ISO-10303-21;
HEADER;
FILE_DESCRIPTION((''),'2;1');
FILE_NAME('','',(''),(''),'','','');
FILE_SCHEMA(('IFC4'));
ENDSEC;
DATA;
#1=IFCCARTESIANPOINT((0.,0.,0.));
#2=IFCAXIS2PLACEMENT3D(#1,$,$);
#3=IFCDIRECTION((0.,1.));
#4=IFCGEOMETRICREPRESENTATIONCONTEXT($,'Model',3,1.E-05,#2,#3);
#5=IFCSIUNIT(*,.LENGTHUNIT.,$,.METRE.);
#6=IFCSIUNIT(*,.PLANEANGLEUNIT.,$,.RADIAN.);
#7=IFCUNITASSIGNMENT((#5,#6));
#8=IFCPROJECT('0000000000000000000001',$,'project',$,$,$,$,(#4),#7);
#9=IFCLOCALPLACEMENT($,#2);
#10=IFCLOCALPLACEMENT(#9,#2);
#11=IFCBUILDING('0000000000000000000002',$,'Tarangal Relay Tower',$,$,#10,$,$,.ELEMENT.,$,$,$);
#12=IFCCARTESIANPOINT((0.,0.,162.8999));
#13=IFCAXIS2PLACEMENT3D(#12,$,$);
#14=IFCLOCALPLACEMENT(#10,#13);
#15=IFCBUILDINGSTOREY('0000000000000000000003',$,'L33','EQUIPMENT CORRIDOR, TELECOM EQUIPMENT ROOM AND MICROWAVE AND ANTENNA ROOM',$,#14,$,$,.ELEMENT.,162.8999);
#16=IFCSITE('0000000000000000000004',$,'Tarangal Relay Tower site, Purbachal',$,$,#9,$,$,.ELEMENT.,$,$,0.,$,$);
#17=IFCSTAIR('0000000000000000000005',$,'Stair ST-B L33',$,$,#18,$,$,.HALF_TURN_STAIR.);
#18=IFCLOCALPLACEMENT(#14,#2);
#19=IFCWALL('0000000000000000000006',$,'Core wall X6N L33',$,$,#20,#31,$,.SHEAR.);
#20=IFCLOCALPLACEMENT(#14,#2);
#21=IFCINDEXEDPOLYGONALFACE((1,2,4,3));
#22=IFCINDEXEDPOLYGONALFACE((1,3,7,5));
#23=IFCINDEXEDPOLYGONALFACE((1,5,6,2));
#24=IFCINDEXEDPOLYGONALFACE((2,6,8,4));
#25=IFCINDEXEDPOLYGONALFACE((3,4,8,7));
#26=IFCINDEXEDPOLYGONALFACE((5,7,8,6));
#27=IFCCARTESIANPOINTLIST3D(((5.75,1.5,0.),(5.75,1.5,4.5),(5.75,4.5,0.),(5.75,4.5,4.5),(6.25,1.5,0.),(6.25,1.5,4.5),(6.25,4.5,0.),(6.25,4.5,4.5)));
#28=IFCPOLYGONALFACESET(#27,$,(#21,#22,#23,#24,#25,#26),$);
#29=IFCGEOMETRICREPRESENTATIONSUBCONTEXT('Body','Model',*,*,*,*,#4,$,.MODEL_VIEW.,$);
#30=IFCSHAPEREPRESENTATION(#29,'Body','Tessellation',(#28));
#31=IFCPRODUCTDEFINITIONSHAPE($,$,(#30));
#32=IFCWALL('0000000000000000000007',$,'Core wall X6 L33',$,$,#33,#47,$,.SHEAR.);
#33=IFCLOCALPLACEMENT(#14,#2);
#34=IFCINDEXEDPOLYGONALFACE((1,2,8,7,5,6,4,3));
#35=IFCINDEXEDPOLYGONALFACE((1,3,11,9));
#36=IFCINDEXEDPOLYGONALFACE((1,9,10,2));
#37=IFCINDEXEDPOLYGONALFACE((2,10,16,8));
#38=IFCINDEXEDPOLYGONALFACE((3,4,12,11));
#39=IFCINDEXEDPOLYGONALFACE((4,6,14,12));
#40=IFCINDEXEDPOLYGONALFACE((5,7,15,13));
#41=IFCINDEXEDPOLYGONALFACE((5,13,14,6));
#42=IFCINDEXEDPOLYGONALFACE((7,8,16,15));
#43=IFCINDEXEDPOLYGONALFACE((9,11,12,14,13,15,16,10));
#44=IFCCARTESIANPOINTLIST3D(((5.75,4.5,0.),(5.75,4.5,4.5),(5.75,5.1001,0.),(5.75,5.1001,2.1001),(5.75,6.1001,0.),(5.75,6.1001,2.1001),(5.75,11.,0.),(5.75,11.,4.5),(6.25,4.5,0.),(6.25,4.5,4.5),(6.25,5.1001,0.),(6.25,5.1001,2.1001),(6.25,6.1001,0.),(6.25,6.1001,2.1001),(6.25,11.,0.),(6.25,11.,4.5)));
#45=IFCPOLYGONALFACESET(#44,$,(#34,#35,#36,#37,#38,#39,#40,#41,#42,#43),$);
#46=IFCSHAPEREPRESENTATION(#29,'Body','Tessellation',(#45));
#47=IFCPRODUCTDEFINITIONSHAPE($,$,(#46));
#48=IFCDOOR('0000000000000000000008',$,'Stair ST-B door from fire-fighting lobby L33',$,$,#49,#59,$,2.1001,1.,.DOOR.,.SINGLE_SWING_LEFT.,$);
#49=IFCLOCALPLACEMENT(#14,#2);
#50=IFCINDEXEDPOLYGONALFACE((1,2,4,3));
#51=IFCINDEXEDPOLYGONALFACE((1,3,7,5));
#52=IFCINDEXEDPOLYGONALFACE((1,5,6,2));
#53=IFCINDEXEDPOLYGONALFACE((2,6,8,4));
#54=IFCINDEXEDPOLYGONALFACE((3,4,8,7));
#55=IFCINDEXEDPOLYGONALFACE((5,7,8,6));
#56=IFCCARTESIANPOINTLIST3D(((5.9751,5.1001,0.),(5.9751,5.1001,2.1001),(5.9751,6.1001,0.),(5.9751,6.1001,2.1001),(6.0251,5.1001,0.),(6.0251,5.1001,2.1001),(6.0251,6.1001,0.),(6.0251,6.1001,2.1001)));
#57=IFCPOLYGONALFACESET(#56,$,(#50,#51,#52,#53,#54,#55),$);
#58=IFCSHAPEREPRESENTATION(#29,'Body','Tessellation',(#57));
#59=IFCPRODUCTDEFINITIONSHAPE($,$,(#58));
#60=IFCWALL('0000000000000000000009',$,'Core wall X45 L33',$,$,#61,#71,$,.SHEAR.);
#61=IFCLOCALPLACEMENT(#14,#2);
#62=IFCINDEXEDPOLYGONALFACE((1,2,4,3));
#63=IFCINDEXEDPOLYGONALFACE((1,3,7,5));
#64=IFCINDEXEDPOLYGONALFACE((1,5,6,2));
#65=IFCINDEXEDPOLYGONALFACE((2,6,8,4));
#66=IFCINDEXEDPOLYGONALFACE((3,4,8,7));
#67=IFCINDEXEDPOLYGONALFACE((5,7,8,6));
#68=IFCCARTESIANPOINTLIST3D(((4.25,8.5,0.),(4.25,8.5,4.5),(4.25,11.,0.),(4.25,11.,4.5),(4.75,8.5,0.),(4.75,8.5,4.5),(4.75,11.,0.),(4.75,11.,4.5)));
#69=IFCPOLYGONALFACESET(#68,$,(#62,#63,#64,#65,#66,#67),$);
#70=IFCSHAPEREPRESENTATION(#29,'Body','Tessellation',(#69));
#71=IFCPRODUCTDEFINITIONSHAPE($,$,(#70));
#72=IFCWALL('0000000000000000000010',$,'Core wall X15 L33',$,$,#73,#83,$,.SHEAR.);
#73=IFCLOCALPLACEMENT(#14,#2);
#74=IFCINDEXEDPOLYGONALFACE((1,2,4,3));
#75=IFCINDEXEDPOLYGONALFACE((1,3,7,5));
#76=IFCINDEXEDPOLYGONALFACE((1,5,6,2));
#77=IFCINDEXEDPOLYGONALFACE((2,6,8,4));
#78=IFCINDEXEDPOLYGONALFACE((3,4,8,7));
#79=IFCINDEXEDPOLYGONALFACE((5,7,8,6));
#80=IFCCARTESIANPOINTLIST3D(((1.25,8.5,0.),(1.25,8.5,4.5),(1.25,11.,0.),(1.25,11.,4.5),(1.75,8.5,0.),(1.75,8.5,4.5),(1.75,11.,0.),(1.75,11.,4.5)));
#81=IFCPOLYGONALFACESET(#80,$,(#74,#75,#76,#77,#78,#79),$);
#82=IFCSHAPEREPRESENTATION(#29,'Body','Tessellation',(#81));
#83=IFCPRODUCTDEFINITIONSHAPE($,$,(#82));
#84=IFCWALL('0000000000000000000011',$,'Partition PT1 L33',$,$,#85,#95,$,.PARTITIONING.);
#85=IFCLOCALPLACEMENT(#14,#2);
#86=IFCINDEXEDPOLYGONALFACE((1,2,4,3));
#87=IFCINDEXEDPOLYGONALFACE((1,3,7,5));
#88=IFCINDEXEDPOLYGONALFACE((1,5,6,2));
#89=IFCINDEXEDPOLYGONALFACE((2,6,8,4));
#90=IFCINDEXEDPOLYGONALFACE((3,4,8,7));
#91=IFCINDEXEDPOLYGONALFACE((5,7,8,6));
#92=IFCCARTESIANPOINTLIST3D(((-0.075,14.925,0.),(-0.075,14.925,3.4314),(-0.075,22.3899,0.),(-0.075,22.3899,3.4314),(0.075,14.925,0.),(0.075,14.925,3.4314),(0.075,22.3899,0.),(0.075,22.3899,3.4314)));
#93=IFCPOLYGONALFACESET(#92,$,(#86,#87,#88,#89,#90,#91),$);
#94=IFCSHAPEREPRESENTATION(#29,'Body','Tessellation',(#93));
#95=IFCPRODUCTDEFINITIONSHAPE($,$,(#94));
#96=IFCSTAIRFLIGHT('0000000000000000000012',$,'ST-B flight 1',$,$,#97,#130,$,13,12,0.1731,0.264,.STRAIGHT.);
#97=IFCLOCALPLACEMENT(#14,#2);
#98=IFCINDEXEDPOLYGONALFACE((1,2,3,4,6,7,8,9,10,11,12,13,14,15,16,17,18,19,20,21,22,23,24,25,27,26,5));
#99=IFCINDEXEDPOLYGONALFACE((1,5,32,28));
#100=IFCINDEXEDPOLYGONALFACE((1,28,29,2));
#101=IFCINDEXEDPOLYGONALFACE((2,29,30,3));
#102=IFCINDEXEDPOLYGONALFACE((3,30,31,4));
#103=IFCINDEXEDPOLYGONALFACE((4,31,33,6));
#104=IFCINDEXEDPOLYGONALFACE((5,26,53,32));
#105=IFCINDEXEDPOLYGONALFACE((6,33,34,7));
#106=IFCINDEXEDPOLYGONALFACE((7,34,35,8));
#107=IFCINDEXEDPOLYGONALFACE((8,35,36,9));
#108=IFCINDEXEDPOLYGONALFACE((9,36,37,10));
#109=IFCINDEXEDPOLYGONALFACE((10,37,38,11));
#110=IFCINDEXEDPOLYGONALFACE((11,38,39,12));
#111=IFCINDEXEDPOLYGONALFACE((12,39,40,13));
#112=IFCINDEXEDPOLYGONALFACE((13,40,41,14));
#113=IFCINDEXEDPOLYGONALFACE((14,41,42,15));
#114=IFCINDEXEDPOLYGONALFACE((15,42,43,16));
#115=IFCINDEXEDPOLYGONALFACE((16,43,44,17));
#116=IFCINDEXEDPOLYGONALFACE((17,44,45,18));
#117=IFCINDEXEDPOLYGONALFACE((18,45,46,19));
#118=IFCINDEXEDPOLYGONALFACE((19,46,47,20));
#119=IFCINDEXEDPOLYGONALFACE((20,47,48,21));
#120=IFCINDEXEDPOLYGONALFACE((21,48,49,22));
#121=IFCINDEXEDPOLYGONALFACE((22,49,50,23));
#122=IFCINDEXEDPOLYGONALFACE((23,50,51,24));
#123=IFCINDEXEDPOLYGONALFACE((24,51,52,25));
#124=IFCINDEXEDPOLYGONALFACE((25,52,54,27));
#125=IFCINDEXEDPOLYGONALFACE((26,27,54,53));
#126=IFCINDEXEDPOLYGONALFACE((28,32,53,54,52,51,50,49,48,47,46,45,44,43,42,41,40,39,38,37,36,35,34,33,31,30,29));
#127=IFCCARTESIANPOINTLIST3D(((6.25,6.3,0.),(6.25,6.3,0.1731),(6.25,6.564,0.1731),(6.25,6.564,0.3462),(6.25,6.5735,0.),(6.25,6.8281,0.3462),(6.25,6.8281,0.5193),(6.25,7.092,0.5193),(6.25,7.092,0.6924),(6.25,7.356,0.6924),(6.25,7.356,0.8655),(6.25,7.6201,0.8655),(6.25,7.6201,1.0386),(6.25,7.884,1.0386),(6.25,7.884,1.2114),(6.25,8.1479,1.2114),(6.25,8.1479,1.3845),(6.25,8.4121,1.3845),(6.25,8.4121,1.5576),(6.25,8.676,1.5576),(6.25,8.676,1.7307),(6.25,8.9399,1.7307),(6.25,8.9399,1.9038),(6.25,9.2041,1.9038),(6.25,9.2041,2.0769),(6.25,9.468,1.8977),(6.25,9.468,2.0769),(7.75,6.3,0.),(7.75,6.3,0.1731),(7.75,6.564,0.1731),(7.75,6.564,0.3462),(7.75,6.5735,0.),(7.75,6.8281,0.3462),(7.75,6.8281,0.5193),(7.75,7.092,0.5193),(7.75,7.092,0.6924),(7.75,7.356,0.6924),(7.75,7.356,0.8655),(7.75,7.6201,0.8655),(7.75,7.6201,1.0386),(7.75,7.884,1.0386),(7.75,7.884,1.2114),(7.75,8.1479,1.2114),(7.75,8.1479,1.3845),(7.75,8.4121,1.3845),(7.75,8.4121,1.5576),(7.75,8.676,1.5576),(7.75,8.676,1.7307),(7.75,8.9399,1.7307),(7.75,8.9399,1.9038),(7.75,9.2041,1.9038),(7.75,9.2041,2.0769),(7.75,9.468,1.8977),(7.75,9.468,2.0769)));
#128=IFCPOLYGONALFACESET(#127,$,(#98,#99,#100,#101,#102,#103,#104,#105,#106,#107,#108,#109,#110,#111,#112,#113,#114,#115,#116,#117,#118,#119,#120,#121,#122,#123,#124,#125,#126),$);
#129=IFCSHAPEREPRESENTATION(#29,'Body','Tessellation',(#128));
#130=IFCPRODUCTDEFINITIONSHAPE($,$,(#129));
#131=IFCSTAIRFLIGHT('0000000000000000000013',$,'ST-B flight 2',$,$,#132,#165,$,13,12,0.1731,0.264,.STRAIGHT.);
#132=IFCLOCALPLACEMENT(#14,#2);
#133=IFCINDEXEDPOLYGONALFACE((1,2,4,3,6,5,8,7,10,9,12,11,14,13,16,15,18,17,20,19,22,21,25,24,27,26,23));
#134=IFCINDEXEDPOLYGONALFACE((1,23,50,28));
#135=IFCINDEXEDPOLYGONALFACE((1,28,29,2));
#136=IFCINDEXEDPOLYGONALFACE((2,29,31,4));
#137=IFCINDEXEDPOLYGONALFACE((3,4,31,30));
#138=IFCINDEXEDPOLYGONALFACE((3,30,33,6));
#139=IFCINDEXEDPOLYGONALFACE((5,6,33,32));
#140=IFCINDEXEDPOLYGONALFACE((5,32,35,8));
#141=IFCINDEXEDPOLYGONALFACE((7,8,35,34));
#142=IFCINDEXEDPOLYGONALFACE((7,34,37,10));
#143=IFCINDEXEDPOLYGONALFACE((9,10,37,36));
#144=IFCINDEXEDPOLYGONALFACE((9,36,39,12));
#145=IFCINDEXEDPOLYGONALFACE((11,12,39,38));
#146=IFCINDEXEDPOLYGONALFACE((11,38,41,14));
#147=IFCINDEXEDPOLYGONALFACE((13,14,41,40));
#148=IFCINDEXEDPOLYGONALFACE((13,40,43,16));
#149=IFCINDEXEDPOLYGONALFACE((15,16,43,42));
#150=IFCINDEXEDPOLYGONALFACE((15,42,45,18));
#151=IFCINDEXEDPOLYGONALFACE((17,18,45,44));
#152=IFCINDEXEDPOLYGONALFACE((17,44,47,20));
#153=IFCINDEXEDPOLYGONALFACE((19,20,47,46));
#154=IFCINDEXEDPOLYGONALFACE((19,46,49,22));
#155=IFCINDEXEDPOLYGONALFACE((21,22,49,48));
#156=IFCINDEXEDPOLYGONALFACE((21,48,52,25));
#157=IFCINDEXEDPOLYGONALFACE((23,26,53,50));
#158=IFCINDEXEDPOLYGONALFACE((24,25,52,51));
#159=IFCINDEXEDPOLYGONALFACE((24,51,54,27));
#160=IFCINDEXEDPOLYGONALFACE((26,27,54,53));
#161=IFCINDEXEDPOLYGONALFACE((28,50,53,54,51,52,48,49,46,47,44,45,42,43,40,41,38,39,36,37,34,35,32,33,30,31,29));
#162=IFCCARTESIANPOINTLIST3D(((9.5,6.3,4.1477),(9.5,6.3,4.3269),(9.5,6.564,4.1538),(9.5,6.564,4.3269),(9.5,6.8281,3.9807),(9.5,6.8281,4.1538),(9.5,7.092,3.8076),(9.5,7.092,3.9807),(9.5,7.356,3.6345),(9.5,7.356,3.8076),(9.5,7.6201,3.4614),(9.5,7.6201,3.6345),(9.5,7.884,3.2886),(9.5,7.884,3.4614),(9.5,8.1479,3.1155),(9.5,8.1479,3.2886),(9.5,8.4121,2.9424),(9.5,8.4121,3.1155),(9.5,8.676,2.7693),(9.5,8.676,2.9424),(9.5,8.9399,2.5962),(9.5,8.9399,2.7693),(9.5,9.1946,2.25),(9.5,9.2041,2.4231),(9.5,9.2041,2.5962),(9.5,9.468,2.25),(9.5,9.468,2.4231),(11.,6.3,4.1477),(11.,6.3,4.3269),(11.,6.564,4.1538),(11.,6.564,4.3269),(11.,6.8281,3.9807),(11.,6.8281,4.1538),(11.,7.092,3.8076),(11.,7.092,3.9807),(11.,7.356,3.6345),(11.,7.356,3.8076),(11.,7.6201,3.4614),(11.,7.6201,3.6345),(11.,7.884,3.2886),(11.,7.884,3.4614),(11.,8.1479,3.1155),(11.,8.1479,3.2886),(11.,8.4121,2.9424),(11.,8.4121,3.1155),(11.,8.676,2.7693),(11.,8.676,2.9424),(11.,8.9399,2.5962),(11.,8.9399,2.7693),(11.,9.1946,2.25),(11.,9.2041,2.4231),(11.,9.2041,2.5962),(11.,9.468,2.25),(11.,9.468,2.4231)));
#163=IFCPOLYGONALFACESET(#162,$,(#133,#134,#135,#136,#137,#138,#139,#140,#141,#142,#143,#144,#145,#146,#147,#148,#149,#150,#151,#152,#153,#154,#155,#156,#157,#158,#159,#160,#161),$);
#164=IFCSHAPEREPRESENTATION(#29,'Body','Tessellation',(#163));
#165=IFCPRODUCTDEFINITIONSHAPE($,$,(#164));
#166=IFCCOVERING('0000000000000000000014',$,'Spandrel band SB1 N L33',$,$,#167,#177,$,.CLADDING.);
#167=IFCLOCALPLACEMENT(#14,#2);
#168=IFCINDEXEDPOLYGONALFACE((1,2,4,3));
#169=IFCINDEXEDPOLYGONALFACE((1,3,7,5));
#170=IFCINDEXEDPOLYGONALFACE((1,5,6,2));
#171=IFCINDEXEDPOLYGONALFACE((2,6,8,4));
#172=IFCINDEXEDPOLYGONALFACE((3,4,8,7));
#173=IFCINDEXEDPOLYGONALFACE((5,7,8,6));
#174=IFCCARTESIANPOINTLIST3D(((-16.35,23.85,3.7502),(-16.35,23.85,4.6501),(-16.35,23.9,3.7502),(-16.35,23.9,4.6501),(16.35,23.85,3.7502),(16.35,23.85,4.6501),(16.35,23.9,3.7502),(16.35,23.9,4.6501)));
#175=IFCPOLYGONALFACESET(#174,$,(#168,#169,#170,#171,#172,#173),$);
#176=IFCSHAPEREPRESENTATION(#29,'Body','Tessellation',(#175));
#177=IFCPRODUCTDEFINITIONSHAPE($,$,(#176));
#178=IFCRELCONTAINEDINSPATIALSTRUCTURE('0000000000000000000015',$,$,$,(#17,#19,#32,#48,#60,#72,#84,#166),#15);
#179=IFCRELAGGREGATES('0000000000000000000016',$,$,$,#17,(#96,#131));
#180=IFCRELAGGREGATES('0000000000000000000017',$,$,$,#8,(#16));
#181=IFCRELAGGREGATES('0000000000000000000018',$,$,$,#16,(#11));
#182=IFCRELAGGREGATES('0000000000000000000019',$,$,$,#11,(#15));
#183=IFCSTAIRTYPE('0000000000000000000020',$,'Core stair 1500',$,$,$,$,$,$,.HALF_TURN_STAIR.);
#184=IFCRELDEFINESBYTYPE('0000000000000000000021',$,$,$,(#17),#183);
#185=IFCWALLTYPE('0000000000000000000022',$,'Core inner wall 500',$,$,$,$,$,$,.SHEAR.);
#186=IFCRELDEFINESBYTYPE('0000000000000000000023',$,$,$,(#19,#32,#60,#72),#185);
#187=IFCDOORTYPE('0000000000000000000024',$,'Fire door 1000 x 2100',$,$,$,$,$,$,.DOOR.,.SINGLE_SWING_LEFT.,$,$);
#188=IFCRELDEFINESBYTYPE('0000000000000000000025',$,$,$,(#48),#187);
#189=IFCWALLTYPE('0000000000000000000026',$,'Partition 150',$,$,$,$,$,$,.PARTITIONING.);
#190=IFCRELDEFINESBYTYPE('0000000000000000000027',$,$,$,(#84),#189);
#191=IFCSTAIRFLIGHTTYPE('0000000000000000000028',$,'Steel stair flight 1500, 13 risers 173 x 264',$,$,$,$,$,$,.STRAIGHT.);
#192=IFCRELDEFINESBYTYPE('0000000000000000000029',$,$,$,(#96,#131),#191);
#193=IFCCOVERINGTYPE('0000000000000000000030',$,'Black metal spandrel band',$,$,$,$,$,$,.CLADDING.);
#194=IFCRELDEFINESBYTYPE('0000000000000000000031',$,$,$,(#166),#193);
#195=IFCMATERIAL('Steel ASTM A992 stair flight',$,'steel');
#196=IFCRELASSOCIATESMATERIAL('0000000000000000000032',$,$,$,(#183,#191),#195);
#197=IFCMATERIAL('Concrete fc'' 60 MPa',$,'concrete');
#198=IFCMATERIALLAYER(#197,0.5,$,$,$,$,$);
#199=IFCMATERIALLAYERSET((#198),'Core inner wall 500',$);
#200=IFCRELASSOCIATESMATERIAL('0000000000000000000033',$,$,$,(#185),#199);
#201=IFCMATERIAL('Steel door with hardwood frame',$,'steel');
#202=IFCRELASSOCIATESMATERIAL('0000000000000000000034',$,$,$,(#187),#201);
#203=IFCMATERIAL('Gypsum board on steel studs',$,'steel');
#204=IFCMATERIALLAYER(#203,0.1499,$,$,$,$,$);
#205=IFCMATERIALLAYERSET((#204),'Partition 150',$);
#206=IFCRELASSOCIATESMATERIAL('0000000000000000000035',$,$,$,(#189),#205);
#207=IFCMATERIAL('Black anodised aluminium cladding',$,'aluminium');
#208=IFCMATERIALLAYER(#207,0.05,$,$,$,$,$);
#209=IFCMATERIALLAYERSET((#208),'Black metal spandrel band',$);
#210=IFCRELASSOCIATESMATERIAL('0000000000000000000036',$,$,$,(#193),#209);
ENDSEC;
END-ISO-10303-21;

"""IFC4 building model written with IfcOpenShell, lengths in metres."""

from ifc_helpers import new_model, si_unit, direction, frame, frame_2d, origin, origin_2d, place, context, subcontext, project, spatial, polyline, rectangle, outline, extrude, material, layer, layer_set, type_object, element, fill, aggregate, save


model = new_model("IFC4")

# Units and contexts
model_context = context("Model", 3, precision=1e-05, world=origin(), true_north=direction((0.0, 1.0)))
body_context = subcontext(model_context, "Body", "Model", "MODEL_VIEW")
ifc_project = project(units=[si_unit("LENGTHUNIT", "METRE"), si_unit("PLANEANGLEUNIT", "RADIAN")], contexts=[model_context])

# Site, building, storey
site_placement = place(None, origin())
site = spatial("IfcSite", under=ifc_project, at=site_placement, Name="Tarangal Relay Tower site, Purbachal", CompositionType="ELEMENT", RefElevation=0.0)
building_placement = place(site_placement, origin())
building = spatial("IfcBuilding", under=site, at=building_placement, Name="Tarangal Relay Tower", CompositionType="ELEMENT")
storey_placement = place(building_placement, frame((0.0, 0.0, 162.8999)))
storey = spatial("IfcBuildingStorey", under=building, at=storey_placement, Name="L33", Description="EQUIPMENT CORRIDOR, TELECOM EQUIPMENT ROOM AND MICROWAVE AND ANTENNA ROOM", CompositionType="ELEMENT", Elevation=162.8999)

# Stair
ifc_material_1 = material(Name="Steel ASTM A992 stair flight", Category="steel")
stair_type = type_object("IfcStairType", Name="Core stair 1500", PredefinedType="HALF_TURN_STAIR", material=ifc_material_1)
stair_1_placement = place(storey_placement, origin())
stair_1 = element("IfcStair", 1, at=stair_1_placement, inside=storey, type_object=stair_type, Name="Stair ST-B L33", PredefinedType="HALF_TURN_STAIR")

# Wall
ifc_material_2 = material(Name="Concrete fc' 60 MPa", Category="concrete")
ifc_layer_1 = layer(ifc_material_2, 0.5)
ifc_layer_set_1 = layer_set([ifc_layer_1], Name="Core inner wall 500")
wall_type_1 = type_object("IfcWallType", Name="Core inner wall 500", PredefinedType="SHEAR", material=ifc_layer_set_1)
for number, where, z_axis, x_axis, name in (
    (2, (6.0, 1.5, 0.0), (0.0, 0.0, 1.0), (0.0, 1.0, 0.0), "Core wall X6N L33"),
):
    element("IfcWall", number, at=place(storey_placement, frame(where, z_axis=z_axis, x_axis=x_axis)), inside=storey, type_object=wall_type_1, Name=name, PredefinedType="SHEAR", context=body_context, shape_type="SweptSolid", body=[
        extrude(rectangle(XDim=3.0, YDim=0.5, at=frame_2d((1.5, 0.0))), origin(), (0.0, 0.0, 1.0), 4.5),
    ])

# Wall, opening, door
wall_1_placement = place(storey_placement, frame((6.0, 4.5, 0.0), z_axis=(0.0, 0.0, 1.0), x_axis=(0.0, 1.0, 0.0)))
wall_1 = element("IfcWall", 3, at=wall_1_placement, inside=storey, type_object=wall_type_1, Name="Core wall X6 L33", PredefinedType="SHEAR", context=body_context, shape_type="SweptSolid", body=[
    extrude(rectangle(XDim=6.5, YDim=0.5, at=frame_2d((3.25, 0.0))), origin(), (0.0, 0.0, 1.0), 4.5),
])
opening_placement = place(wall_1_placement, frame((0.6001, 0.0, 0.0)))
opening = element("IfcOpeningElement", 4, at=opening_placement, cuts=wall_1, PredefinedType="OPENING", context=body_context, shape_type="SweptSolid", body=[
    extrude(rectangle(XDim=1.0, YDim=2.1001, at=frame_2d((0.5, 1.05))), frame((0.0, 0.26, 0.0), z_axis=(0.0, -1.0, 0.0), x_axis=(1.0, 0.0, 0.0)), (0.0, 0.0, 1.0), 0.52),
])
ifc_material_3 = material(Name="Steel door with hardwood frame", Category="steel")
door_type = type_object("IfcDoorType", Name="Fire door 1000 x 2100", OperationType="SINGLE_SWING_LEFT", PredefinedType="DOOR", material=ifc_material_3)
door_placement = place(opening_placement, origin())
door = element("IfcDoor", 5, at=door_placement, inside=storey, type_object=door_type, Name="Stair ST-B door from fire-fighting lobby L33", OperationType="SINGLE_SWING_LEFT", OverallHeight=2.1001, OverallWidth=1.0, PredefinedType="DOOR", context=body_context, shape_type="SweptSolid", body=[
    extrude(rectangle(XDim=1.0, YDim=2.1001, at=frame_2d((0.5, 1.05))), frame((0.0, 0.0249, 0.0), z_axis=(0.0, -1.0, 0.0), x_axis=(1.0, 0.0, 0.0)), (0.0, 0.0, 1.0), 0.05),
])
fill(opening, door)

# Walls
for number, where, z_axis, x_axis, name in (
    (6, (4.5, 8.5, 0.0), (0.0, 0.0, 1.0), (0.0, 1.0, 0.0), "Core wall X45 L33"),
    (7, (1.5, 8.5, 0.0), (0.0, 0.0, 1.0), (0.0, 1.0, 0.0), "Core wall X15 L33"),
):
    element("IfcWall", number, at=place(storey_placement, frame(where, z_axis=z_axis, x_axis=x_axis)), inside=storey, type_object=wall_type_1, Name=name, PredefinedType="SHEAR", context=body_context, shape_type="SweptSolid", body=[
        extrude(rectangle(XDim=2.5, YDim=0.5, at=frame_2d((1.25, 0.0))), origin(), (0.0, 0.0, 1.0), 4.5),
    ])
ifc_material_4 = material(Name="Gypsum board on steel studs", Category="steel")
ifc_layer_2 = layer(ifc_material_4, 0.1499)
ifc_layer_set_2 = layer_set([ifc_layer_2], Name="Partition 150")
wall_type_2 = type_object("IfcWallType", Name="Partition 150", PredefinedType="PARTITIONING", material=ifc_layer_set_2)
wall_2_placement = place(storey_placement, frame((0.0, 14.925, 0.0), z_axis=(0.0, 0.0, 1.0), x_axis=(0.0, 1.0, 0.0)))
element("IfcWall", 8, at=wall_2_placement, inside=storey, type_object=wall_type_2, Name="Partition PT1 L33", PredefinedType="PARTITIONING", context=body_context, shape_type="SweptSolid", body=[
    extrude(rectangle(XDim=7.4648, YDim=0.1499, at=frame_2d((3.7324, 0.0))), origin(), (0.0, 0.0, 1.0), 3.4314),
])

# Stair flights
stair_flight_type = type_object("IfcStairFlightType", Name="Steel stair flight 1500, 13 risers 173 x 264", PredefinedType="STRAIGHT", material=ifc_material_1)
stair_flight_1_placement = place(storey_placement, frame((7.0, 6.3, 0.0), z_axis=(0.0, 0.0, 1.0), x_axis=(0.0, 1.0, 0.0)))
stair_flight_1 = element("IfcStairFlight", 9, at=stair_flight_1_placement, type_object=stair_flight_type, Name="ST-B flight 1", NumberOfRisers=13, NumberOfTreads=12, PredefinedType="STRAIGHT", RiserHeight=0.1731, TreadLength=0.264, context=body_context, shape_type="SweptSolid", body=[
    extrude(outline(polyline([(0.0, 0.0), (0.0, 0.1731), (0.2639, 0.1731), (0.2639, 0.3462), (0.5281, 0.3462), (0.5281, 0.5193), (0.792, 0.5193), (0.792, 0.6924), (1.0559, 0.6924), (1.0559, 0.8655), (1.3201, 0.8655), (1.3201, 1.0386), (1.584, 1.0386), (1.584, 1.2114), (1.8479, 1.2114), (1.8479, 1.3845), (2.1121, 1.3845), (2.1121, 1.5576), (2.376, 1.5576), (2.376, 1.7307), (2.6399, 1.7307), (2.6399, 1.9038), (2.9041, 1.9038), (2.9041, 2.0769), (3.168, 2.0769), (3.168, 2.25), (3.168, 1.8977), (0.2734, 0.0), (0.0, 0.0)])), frame((0.0, 0.75, 0.0), z_axis=(0.0, -1.0, 0.0), x_axis=(1.0, 0.0, 0.0)), (0.0, 0.0, 1.0), 1.5),
])
stair_flight_2_placement = place(storey_placement, frame((10.25, 9.468, 2.25), z_axis=(0.0, 0.0, 1.0), x_axis=(0.0, -1.0, 0.0)))
stair_flight_2 = element("IfcStairFlight", 10, at=stair_flight_2_placement, type_object=stair_flight_type, Name="ST-B flight 2", NumberOfRisers=13, NumberOfTreads=12, PredefinedType="STRAIGHT", RiserHeight=0.1731, TreadLength=0.264, context=body_context, shape_type="SweptSolid", body=[
    extrude(outline(polyline([(0.0, 0.0), (0.0, 0.1731), (0.2639, 0.1731), (0.2639, 0.3462), (0.5281, 0.3462), (0.5281, 0.5193), (0.792, 0.5193), (0.792, 0.6924), (1.0559, 0.6924), (1.0559, 0.8655), (1.3201, 0.8655), (1.3201, 1.0386), (1.584, 1.0386), (1.584, 1.2114), (1.8479, 1.2114), (1.8479, 1.3845), (2.1121, 1.3845), (2.1121, 1.5576), (2.376, 1.5576), (2.376, 1.7307), (2.6399, 1.7307), (2.6399, 1.9038), (2.9041, 1.9038), (2.9041, 2.0769), (3.168, 2.0769), (3.168, 2.25), (3.168, 1.8977), (0.2734, 0.0), (0.0, 0.0)])), frame((0.0, 0.75, 0.0), z_axis=(0.0, -1.0, 0.0), x_axis=(1.0, 0.0, 0.0)), (0.0, 0.0, 1.0), 1.5),
])
aggregate(stair_1, [stair_flight_1, stair_flight_2])

# Covering
ifc_material_5 = material(Name="Black anodised aluminium cladding", Category="aluminium")
ifc_layer_3 = layer(ifc_material_5, 0.05)
ifc_layer_set_3 = layer_set([ifc_layer_3], Name="Black metal spandrel band")
covering_type_1 = type_object("IfcCoveringType", Name="Black metal spandrel band", PredefinedType="CLADDING", material=ifc_layer_set_3)
covering_1_placement = place(storey_placement, frame((0.0, 23.875, 3.7502), z_axis=(0.0, 0.0, 1.0), x_axis=(1.0, 0.0, 0.0)))
element("IfcCovering", 11, at=covering_1_placement, inside=storey, type_object=covering_type_1, Name="Spandrel band SB1 N L33", PredefinedType="CLADDING", context=body_context, shape_type="SweptSolid", body=[
    extrude(rectangle(XDim=32.7, YDim=0.05, at=origin_2d()), origin(), (0.0, 0.0, 1.0), 0.8999),
])

save(model, "model.ifc")
